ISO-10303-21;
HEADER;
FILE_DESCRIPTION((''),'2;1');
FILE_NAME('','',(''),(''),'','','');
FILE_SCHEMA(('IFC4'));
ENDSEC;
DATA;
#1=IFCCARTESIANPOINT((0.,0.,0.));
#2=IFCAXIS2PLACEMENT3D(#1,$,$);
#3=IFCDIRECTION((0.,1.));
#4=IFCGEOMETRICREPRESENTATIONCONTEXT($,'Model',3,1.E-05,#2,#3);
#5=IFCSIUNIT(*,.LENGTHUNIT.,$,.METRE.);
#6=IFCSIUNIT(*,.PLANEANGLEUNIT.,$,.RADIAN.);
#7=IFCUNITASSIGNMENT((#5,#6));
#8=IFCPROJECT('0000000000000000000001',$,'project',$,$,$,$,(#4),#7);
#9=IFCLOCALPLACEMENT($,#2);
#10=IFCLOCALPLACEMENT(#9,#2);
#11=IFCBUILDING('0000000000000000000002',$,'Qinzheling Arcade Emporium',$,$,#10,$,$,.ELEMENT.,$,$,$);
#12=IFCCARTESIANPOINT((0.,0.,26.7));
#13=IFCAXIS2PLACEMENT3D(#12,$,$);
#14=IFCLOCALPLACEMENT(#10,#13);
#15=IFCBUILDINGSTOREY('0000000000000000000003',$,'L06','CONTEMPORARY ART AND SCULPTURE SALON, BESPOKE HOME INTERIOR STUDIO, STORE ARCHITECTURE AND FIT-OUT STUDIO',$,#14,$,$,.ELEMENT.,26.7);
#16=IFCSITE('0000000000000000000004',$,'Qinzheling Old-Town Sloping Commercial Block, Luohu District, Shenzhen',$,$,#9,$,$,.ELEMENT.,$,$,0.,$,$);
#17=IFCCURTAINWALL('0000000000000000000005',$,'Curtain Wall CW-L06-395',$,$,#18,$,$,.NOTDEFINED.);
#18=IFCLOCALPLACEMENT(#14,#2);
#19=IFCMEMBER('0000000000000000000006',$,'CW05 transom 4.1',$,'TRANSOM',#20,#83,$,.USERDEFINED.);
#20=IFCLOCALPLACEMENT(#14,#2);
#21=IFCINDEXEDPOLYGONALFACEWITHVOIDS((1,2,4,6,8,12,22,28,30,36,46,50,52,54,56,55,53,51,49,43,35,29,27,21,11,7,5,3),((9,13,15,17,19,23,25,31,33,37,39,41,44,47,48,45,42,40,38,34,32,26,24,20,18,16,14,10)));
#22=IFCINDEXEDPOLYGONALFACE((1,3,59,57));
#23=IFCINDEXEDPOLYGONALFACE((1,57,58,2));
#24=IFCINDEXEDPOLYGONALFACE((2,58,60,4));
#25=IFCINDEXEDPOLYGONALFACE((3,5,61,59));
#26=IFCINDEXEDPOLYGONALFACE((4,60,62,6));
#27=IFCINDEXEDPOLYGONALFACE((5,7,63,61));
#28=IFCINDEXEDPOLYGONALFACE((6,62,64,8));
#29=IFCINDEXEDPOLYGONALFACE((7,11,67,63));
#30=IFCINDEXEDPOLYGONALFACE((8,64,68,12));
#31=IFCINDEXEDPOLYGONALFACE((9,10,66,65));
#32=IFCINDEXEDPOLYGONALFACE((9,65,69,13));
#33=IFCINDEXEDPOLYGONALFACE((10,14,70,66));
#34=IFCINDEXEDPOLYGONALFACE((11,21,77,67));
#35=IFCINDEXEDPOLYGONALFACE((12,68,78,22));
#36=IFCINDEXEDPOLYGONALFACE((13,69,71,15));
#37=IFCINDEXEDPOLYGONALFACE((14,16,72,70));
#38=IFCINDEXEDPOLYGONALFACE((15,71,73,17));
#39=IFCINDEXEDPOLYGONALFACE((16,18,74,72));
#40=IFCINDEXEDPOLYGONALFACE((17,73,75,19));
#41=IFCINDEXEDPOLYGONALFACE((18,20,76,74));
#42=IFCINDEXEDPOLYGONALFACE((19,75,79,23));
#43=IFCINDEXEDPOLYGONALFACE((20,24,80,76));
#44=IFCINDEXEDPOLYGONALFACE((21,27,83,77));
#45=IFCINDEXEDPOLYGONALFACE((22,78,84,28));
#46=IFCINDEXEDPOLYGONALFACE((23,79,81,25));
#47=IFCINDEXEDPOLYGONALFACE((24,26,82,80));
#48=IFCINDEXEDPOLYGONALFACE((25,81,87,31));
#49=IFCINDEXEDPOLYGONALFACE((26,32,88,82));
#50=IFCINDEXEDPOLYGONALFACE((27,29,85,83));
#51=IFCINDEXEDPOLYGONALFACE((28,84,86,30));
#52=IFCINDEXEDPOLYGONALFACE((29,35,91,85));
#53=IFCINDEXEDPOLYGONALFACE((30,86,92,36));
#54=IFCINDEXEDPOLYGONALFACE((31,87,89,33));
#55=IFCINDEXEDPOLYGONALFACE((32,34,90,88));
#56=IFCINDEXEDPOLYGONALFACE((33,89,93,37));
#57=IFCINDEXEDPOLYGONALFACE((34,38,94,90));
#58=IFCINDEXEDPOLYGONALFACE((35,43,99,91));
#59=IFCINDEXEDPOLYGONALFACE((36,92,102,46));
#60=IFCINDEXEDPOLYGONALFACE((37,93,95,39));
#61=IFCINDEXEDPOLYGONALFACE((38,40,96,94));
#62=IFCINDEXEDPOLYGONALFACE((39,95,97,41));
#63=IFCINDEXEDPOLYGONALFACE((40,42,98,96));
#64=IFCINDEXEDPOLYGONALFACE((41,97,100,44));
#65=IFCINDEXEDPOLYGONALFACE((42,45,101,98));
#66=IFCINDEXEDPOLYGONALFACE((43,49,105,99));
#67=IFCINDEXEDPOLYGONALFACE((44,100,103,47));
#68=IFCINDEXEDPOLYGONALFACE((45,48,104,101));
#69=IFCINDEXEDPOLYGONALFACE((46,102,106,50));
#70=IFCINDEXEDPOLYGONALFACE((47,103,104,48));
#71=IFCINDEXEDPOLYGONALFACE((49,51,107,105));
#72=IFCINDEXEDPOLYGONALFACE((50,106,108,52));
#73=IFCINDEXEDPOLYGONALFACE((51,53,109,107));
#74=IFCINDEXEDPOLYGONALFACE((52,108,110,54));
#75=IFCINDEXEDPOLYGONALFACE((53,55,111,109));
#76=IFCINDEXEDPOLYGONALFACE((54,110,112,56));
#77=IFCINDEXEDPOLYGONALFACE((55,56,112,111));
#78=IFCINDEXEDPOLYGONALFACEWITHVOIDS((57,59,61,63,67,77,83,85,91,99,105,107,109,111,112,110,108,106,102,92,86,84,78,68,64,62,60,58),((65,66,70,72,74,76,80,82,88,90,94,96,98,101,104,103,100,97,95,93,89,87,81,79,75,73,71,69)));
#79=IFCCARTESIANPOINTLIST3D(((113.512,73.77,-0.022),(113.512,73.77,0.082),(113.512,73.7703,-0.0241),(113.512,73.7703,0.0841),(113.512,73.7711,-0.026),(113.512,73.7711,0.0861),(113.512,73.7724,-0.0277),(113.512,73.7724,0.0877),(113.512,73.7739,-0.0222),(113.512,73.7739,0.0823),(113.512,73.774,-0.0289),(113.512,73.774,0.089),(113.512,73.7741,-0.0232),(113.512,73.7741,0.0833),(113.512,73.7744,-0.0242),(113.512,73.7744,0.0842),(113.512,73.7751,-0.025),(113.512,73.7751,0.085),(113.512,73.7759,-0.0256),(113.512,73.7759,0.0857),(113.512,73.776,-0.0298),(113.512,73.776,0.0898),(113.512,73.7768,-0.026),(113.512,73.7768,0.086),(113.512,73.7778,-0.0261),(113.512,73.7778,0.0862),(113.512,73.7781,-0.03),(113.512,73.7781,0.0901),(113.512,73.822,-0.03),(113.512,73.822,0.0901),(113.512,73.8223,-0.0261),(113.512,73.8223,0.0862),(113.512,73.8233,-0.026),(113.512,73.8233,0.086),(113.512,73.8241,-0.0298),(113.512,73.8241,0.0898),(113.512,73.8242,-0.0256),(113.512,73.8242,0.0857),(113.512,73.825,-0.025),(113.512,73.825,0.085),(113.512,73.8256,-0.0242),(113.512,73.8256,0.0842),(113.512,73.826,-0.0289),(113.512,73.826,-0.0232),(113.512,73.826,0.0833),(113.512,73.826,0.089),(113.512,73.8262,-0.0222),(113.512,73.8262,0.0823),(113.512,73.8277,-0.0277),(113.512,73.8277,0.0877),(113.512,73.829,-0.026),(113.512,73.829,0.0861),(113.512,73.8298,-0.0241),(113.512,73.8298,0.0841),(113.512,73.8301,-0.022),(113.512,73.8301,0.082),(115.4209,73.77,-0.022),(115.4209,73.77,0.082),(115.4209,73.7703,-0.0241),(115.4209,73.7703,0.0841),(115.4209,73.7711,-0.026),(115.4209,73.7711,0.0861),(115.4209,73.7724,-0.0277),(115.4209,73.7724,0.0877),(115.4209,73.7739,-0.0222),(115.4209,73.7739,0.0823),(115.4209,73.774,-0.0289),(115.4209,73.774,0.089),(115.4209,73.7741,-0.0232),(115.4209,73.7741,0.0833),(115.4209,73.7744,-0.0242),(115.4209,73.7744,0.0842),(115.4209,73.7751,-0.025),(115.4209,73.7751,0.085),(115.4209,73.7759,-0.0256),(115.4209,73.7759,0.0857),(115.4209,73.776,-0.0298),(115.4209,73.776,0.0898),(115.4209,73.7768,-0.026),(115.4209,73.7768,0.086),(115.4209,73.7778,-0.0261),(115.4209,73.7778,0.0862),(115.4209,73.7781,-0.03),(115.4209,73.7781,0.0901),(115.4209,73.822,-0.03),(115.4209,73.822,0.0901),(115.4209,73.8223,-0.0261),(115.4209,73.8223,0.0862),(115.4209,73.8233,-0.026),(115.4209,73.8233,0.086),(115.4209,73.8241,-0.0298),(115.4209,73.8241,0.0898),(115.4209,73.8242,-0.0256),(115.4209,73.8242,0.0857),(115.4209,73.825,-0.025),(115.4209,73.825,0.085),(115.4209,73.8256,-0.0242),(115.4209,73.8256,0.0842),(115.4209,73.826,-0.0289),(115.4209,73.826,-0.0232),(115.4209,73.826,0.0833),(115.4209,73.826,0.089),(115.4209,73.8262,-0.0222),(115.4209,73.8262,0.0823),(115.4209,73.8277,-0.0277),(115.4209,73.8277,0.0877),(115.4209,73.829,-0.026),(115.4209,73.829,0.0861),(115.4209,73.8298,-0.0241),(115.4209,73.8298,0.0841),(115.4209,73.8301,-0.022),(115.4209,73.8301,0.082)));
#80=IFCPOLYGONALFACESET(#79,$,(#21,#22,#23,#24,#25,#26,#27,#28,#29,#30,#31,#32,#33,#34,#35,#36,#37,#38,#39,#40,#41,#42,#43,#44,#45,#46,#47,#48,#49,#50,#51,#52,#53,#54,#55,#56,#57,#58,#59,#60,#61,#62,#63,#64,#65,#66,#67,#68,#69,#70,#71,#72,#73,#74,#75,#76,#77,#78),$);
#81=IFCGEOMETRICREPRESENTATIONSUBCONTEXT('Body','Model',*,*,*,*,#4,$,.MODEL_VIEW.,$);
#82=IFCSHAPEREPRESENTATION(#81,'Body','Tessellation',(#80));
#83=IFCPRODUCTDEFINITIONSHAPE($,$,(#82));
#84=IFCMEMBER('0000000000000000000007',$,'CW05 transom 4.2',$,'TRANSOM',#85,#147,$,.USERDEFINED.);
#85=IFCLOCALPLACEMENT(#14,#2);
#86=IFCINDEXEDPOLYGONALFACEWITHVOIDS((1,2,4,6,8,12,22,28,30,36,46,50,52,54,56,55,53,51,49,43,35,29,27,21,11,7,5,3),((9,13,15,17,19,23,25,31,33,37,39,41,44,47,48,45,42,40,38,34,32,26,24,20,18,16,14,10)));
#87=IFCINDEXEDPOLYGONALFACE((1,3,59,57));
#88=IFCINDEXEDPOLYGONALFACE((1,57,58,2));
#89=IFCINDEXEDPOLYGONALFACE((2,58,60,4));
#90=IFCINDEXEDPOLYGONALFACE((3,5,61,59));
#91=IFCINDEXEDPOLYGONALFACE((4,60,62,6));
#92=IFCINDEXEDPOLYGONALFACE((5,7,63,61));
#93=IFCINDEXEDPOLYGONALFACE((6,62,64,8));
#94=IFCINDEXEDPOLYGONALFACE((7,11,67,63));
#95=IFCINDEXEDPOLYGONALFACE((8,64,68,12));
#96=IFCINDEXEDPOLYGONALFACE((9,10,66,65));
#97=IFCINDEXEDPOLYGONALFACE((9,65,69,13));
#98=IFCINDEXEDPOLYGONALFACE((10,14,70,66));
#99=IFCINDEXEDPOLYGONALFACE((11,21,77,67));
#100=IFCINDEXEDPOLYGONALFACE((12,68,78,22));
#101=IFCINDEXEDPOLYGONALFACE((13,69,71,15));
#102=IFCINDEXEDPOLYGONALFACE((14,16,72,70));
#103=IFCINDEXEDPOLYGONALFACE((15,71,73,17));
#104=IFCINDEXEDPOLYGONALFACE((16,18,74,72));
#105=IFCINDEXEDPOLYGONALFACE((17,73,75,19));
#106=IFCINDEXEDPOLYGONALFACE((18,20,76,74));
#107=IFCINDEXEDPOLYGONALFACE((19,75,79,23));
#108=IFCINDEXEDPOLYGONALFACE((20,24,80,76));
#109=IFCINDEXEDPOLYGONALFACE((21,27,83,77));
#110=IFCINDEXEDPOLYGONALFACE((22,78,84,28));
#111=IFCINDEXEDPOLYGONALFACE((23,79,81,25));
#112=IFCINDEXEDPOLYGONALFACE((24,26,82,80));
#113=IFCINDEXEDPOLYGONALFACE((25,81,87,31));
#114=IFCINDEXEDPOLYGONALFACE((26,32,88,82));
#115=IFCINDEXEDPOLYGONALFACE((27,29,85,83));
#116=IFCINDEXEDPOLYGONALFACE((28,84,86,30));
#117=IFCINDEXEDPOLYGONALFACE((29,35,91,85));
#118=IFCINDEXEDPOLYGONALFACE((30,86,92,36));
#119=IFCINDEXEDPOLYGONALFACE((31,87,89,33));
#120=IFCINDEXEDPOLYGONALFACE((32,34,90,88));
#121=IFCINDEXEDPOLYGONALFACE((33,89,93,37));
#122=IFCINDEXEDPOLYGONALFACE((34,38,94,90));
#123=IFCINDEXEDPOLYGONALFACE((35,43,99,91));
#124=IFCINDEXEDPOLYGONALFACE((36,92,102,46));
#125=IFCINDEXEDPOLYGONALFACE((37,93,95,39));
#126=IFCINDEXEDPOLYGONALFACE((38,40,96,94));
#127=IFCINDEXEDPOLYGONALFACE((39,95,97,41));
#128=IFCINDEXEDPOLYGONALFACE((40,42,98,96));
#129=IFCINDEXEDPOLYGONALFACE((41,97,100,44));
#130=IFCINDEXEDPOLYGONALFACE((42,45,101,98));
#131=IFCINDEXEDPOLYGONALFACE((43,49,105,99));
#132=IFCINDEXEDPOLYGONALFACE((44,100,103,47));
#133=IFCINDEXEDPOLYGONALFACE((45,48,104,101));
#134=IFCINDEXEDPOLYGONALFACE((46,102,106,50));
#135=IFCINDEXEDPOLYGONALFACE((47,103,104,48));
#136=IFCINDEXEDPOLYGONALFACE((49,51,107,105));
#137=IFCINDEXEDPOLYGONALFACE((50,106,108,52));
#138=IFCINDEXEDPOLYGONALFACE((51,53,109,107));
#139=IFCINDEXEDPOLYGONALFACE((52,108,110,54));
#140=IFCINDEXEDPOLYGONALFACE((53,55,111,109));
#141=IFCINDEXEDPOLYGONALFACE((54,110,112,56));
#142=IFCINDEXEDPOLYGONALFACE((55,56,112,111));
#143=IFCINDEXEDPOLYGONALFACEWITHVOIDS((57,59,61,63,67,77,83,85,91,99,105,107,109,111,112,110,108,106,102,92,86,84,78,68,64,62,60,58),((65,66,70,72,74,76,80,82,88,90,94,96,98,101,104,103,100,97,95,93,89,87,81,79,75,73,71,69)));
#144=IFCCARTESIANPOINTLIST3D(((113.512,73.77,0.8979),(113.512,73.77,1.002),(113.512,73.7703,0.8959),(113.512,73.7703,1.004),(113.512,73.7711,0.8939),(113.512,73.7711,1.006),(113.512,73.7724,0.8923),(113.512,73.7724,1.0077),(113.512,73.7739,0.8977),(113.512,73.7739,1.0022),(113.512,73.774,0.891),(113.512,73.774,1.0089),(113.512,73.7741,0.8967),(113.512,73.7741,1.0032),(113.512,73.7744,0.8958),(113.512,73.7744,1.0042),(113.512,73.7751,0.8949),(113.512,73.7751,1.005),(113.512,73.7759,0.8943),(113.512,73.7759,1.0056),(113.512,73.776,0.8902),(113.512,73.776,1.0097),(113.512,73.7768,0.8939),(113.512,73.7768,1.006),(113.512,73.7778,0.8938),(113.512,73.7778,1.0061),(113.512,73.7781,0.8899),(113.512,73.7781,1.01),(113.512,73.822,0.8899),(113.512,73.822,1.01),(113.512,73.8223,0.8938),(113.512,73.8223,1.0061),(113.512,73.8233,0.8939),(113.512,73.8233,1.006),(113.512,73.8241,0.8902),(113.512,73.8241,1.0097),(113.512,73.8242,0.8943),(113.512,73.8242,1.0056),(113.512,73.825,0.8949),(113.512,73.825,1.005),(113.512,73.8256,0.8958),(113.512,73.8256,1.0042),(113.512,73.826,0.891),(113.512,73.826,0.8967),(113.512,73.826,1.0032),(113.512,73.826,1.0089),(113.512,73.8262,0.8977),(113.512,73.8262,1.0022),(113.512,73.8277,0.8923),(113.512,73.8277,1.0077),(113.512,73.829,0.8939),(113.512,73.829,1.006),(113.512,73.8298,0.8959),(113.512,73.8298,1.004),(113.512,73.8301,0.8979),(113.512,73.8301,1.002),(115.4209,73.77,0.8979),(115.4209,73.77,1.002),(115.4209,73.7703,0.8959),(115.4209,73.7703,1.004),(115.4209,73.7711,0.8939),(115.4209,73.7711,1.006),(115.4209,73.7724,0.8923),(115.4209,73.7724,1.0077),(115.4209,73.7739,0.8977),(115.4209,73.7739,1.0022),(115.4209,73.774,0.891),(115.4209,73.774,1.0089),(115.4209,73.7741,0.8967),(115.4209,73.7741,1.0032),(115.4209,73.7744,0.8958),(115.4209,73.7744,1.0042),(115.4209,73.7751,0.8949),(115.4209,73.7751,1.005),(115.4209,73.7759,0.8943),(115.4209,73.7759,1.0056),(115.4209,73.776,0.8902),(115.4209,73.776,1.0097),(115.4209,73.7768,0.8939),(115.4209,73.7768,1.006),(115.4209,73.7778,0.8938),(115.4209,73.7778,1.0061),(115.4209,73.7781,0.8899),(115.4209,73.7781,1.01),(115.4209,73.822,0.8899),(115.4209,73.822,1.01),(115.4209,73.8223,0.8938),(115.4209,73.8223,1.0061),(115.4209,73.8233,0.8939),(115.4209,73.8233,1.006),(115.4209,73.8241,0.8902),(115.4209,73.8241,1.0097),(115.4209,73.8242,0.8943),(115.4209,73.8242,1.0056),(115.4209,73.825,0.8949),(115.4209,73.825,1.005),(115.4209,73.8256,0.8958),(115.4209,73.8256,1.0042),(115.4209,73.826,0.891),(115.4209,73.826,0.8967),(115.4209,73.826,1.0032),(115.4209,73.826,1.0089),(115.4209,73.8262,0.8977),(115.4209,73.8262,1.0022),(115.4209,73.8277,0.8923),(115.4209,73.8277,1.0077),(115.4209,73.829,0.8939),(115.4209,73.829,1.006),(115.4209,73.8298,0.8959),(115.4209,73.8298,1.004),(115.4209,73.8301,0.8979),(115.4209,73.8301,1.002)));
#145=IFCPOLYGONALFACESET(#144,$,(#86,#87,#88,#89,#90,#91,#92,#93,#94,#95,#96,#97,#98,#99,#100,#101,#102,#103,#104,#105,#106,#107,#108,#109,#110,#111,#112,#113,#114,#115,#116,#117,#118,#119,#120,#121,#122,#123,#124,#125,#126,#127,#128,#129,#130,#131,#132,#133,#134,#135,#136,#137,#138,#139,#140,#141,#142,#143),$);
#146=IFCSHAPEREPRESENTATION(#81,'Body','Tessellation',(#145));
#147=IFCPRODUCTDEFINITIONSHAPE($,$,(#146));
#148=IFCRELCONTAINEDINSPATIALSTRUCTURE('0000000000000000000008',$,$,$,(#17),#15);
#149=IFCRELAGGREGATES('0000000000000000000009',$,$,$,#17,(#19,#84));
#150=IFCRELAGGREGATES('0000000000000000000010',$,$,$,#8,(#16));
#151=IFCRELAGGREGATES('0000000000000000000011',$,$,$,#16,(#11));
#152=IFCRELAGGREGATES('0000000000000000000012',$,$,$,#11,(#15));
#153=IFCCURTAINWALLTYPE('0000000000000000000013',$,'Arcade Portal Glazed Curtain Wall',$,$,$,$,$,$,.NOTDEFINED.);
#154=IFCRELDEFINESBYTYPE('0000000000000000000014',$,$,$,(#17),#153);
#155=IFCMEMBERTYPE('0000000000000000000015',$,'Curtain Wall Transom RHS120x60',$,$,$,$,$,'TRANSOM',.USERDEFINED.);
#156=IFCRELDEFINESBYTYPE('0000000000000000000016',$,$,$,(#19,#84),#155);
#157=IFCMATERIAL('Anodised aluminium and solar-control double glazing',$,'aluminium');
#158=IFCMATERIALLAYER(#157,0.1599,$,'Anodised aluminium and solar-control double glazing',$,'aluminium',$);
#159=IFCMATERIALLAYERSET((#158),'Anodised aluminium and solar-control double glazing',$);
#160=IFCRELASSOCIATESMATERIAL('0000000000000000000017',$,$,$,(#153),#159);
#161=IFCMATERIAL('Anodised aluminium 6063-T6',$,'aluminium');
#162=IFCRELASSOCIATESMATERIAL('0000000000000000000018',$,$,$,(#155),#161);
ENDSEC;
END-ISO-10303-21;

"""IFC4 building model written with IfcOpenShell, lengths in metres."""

from ifc_helpers import new_model, si_unit, direction, frame, origin, origin_2d, place, context, subcontext, project, spatial, hollow_rectangle, extrude, material, layer, layer_set, material_profile, profile_set, type_object, element, aggregate, save


model = new_model("IFC4")

# Units and contexts
model_context = context("Model", 3, precision=1e-05, world=origin(), true_north=direction((0.0, 1.0)))
body_context = subcontext(model_context, "Body", "Model", "MODEL_VIEW")
ifc_project = project(units=[si_unit("LENGTHUNIT", "METRE"), si_unit("PLANEANGLEUNIT", "RADIAN")], contexts=[model_context])

# Site, building, storey
site_placement = place(None, origin())
site = spatial("IfcSite", under=ifc_project, at=site_placement, Name="Qinzheling Old-Town Sloping Commercial Block, Luohu District, Shenzhen", CompositionType="ELEMENT", RefElevation=0.0)
building_placement = place(site_placement, origin())
building = spatial("IfcBuilding", under=site, at=building_placement, Name="Qinzheling Arcade Emporium", CompositionType="ELEMENT")
storey_placement = place(building_placement, frame((0.0, 0.0, 26.7)))
storey = spatial("IfcBuildingStorey", under=building, at=storey_placement, Name="L06", Description="CONTEMPORARY ART AND SCULPTURE SALON, BESPOKE HOME INTERIOR STUDIO, STORE ARCHITECTURE AND FIT-OUT STUDIO", CompositionType="ELEMENT", Elevation=26.7)

# Curtain wall
ifc_material_1 = material(Name="Anodised aluminium and solar-control double glazing", Category="aluminium")
ifc_layer_1 = layer(ifc_material_1, 0.1599, Name="Anodised aluminium and solar-control double glazing", Category="aluminium")
ifc_layer_set_1 = layer_set([ifc_layer_1], Name="Anodised aluminium and solar-control double glazing")
curtain_wall_type = type_object("IfcCurtainWallType", Name="Arcade Portal Glazed Curtain Wall", PredefinedType="NOTDEFINED", material=ifc_layer_set_1)
curtain_wall_1_placement = place(storey_placement, origin())
curtain_wall_1 = element("IfcCurtainWall", 1, at=curtain_wall_1_placement, inside=storey, type_object=curtain_wall_type, Name="Curtain Wall CW-L06-395", PredefinedType="NOTDEFINED")
ifc_material_2 = material(Name="Anodised aluminium 6063-T6", Category="aluminium")

# Members
ifc_material_profile_1 = material_profile(ifc_material_2, hollow_rectangle(XDim=0.0601, YDim=0.1201, WallThickness=0.0039, InnerFilletRadius=0.0039, OuterFilletRadius=0.0081, at=origin_2d()), Name="RHS 120x60x4", Category="aluminium")
ifc_profile_set_1 = profile_set([ifc_material_profile_1], Name="Anodised aluminium 6063-T6")
member_type_1 = type_object("IfcMemberType", Name="Curtain Wall Transom RHS120x60", ElementType="TRANSOM", PredefinedType="USERDEFINED", material=ifc_profile_set_1)
member_1_placement = place(storey_placement, frame((115.4209, 73.8, 0.03), z_axis=(-1.0, 0.0, 0.0), x_axis=(0.0, -1.0, 0.0)))
member_1 = element("IfcMember", 2, at=member_1_placement, type_object=member_type_1, Name="CW05 transom 4.1", ObjectType="TRANSOM", PredefinedType="USERDEFINED", context=body_context, shape_type="SweptSolid", body=[
    extrude(hollow_rectangle(XDim=0.0601, YDim=0.1201, WallThickness=0.0039, InnerFilletRadius=0.0039, OuterFilletRadius=0.0081, at=origin_2d()), origin(), (0.0, 0.0, 1.0), 1.9089),
])
member_2_placement = place(storey_placement, frame((115.4209, 73.8, 0.95), z_axis=(-1.0, 0.0, 0.0), x_axis=(0.0, -1.0, 0.0)))
member_2 = element("IfcMember", 3, at=member_2_placement, type_object=member_type_1, Name="CW05 transom 4.2", ObjectType="TRANSOM", PredefinedType="USERDEFINED", context=body_context, shape_type="SweptSolid", body=[
    extrude(hollow_rectangle(XDim=0.0601, YDim=0.1201, WallThickness=0.0039, InnerFilletRadius=0.0039, OuterFilletRadius=0.0081, at=origin_2d()), origin(), (0.0, 0.0, 1.0), 1.9089),
])

aggregate(curtain_wall_1, [member_1, member_2])

save(model, "model.ifc")
